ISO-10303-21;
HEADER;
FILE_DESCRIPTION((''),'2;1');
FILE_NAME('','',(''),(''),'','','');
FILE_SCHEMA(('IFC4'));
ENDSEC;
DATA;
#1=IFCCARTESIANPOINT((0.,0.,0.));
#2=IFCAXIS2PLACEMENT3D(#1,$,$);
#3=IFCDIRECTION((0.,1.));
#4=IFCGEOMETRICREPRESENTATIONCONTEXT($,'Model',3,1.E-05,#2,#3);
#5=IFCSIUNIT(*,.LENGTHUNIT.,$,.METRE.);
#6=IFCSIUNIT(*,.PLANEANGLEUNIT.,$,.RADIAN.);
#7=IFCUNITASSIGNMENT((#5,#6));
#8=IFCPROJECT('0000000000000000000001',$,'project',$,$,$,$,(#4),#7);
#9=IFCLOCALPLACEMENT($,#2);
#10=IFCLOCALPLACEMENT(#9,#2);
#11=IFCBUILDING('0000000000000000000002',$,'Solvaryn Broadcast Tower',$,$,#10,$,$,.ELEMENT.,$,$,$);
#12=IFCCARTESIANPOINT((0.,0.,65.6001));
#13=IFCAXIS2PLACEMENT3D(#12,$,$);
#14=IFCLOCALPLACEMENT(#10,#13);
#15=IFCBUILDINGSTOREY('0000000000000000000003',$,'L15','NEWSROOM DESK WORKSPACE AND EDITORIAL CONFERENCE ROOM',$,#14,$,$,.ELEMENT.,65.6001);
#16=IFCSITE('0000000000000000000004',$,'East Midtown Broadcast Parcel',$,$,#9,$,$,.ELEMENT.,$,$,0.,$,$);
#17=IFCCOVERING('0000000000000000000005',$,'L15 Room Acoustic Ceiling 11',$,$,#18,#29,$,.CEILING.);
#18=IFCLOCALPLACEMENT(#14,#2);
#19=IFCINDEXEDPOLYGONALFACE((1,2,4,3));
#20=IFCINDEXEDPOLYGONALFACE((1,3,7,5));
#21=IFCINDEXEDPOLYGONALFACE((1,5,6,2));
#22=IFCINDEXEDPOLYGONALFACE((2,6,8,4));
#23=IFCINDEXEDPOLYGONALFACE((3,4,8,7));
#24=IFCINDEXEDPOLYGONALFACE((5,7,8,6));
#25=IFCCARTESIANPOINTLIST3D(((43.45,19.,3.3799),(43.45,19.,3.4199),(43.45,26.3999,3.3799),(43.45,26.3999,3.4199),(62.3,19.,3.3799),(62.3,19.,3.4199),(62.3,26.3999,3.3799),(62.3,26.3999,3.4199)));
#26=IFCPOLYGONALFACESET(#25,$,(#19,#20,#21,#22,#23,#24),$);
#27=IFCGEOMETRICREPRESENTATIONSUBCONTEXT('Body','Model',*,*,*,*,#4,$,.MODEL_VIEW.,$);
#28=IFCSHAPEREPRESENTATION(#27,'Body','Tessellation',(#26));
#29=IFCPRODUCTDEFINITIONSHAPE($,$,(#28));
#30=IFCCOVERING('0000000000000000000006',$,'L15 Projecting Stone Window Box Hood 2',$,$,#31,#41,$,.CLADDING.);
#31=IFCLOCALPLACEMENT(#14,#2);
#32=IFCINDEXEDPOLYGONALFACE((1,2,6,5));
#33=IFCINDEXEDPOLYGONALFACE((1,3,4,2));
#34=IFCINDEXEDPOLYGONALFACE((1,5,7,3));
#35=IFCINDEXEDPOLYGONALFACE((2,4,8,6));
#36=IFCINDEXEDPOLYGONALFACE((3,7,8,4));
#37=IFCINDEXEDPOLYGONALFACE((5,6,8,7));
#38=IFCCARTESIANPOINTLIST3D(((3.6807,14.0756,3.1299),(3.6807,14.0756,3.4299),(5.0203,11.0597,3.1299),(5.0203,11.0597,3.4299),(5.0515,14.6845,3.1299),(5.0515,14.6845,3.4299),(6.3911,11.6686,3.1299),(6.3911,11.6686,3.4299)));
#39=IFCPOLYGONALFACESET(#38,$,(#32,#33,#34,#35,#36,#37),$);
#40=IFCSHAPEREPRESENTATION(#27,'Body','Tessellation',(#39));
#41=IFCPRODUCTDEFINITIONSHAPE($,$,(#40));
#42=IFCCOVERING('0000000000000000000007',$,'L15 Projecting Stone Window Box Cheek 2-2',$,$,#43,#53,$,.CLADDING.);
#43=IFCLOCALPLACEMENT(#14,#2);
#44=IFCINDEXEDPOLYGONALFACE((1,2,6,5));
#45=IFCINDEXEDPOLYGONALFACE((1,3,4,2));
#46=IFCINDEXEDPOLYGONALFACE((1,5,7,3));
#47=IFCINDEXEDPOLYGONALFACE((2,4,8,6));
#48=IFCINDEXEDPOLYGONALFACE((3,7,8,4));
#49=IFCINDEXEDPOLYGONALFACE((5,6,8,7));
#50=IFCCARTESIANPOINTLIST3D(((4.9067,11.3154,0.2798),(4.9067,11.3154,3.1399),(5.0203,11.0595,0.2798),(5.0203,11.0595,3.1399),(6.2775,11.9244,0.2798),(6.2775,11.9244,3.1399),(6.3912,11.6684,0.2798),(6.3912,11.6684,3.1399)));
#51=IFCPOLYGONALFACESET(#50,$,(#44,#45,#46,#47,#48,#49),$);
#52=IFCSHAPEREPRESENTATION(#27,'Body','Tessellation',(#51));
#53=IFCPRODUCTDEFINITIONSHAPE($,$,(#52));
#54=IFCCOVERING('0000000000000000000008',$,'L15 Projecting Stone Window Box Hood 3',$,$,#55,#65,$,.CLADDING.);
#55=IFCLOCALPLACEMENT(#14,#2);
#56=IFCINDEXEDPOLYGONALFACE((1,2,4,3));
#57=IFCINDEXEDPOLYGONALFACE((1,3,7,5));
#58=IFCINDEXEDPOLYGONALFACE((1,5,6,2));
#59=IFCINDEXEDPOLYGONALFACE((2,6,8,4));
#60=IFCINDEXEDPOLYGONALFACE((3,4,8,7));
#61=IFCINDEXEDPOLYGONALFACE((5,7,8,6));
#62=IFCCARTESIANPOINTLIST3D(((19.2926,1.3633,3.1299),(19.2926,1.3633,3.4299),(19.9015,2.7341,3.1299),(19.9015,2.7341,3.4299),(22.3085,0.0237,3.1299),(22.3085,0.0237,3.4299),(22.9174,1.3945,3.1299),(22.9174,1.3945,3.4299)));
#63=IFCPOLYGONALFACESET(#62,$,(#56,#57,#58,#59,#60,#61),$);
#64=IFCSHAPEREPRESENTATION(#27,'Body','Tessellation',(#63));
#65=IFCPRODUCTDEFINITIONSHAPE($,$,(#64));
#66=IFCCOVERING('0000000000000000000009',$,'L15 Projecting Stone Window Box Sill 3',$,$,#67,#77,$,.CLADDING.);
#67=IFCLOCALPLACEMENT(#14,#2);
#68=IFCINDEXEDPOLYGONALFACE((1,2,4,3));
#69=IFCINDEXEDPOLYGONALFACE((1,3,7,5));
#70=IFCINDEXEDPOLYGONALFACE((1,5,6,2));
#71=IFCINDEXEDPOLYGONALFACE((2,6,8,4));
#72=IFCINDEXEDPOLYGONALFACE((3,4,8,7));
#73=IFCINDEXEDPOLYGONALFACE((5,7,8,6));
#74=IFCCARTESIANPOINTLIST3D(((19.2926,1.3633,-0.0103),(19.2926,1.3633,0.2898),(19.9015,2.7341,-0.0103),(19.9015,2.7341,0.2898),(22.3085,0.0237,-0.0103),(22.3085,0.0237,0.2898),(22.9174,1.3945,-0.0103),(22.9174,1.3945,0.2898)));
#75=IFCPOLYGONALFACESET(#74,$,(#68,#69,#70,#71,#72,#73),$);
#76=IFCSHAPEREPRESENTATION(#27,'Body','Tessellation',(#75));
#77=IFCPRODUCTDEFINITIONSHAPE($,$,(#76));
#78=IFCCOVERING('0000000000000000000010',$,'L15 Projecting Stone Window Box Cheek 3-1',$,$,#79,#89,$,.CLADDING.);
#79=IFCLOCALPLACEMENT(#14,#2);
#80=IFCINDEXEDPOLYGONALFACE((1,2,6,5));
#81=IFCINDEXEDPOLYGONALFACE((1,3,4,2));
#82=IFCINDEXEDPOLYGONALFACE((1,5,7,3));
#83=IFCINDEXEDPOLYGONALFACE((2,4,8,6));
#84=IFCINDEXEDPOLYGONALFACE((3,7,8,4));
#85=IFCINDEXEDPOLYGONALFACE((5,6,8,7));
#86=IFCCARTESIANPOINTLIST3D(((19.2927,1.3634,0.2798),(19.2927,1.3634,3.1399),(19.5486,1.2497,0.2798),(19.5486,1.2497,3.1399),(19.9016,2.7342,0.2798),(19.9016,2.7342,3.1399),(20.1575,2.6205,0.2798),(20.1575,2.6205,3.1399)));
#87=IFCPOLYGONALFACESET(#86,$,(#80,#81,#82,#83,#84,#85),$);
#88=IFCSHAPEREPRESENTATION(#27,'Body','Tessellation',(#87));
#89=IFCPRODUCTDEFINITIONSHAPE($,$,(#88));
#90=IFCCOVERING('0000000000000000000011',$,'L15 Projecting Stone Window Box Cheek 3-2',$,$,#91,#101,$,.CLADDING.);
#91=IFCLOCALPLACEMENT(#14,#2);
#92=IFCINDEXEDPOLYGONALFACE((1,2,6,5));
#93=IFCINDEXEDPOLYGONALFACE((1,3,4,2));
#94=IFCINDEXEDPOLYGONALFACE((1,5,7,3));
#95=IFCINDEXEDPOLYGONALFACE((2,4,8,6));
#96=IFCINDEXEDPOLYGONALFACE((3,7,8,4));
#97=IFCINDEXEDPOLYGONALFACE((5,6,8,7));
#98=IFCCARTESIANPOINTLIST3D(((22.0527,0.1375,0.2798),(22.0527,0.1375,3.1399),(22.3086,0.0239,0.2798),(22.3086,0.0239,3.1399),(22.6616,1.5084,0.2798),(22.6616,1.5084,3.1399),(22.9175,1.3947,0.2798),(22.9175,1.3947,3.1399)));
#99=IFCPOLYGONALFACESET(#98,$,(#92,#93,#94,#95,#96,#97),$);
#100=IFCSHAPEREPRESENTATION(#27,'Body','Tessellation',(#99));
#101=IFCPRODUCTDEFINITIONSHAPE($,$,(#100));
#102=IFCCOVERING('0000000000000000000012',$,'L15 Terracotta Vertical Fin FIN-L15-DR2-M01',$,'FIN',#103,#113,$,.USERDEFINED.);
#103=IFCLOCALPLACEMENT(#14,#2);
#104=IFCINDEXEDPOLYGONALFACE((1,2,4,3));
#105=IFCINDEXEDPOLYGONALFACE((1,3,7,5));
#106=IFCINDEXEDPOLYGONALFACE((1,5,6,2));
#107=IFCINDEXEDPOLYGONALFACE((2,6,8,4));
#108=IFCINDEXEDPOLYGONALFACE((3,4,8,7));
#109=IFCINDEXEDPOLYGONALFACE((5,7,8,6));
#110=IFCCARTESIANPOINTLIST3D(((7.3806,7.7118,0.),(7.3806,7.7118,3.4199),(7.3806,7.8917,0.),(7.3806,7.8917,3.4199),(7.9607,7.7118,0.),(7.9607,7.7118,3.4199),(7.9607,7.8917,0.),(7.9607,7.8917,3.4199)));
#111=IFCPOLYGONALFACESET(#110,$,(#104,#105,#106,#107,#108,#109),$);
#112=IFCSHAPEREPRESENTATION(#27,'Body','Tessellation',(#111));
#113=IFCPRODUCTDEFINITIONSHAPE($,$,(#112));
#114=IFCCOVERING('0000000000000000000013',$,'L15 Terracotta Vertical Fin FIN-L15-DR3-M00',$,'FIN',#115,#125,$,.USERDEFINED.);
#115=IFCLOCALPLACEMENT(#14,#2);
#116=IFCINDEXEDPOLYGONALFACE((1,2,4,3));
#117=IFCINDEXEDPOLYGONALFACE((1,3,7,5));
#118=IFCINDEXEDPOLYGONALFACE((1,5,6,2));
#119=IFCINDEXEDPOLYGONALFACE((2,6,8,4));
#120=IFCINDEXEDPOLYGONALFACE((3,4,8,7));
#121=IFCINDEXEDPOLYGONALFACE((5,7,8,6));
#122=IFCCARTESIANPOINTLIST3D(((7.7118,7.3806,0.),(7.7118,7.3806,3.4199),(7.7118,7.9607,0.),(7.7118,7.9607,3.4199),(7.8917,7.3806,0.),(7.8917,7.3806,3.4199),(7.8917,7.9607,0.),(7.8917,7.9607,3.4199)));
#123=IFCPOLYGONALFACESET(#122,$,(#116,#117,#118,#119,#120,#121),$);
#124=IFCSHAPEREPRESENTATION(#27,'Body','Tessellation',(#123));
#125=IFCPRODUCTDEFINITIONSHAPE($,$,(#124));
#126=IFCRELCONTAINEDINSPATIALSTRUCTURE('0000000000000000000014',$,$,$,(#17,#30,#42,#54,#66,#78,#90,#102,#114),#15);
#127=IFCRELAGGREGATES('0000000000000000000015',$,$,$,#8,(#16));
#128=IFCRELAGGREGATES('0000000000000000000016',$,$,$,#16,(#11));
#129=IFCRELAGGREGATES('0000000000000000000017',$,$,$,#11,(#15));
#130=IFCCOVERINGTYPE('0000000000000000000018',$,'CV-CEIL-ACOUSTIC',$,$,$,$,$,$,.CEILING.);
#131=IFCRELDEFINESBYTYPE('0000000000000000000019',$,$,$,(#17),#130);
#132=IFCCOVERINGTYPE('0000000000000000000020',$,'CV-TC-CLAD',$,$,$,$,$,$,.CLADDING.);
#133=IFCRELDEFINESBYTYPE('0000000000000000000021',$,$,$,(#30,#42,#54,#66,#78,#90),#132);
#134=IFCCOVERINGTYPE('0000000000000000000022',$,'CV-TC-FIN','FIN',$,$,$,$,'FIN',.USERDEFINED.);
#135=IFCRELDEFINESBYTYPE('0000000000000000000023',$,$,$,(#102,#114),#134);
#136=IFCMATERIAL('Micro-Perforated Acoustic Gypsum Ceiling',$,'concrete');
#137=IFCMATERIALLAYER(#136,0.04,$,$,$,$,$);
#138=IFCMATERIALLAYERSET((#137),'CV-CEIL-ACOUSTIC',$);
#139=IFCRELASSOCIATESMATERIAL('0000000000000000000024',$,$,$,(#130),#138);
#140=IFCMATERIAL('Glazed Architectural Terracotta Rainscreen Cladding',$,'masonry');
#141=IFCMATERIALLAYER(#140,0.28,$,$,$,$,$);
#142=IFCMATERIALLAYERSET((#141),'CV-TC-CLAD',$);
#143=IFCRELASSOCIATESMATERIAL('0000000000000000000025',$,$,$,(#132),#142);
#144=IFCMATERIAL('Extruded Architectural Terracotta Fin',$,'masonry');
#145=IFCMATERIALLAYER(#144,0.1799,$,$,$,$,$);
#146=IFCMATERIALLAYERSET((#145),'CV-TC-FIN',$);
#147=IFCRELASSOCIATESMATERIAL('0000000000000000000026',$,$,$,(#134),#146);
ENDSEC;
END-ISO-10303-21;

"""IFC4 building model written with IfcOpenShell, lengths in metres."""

from ifc_helpers import new_model, si_unit, direction, frame, origin, origin_2d, place, context, subcontext, project, spatial, polyline, rectangle, outline, extrude, material, layer, layer_set, type_object, element, save


model = new_model("IFC4")

# Units and contexts
model_context = context("Model", 3, precision=1e-05, world=origin(), true_north=direction((0.0, 1.0)))
body_context = subcontext(model_context, "Body", "Model", "MODEL_VIEW")
ifc_project = project(units=[si_unit("LENGTHUNIT", "METRE"), si_unit("PLANEANGLEUNIT", "RADIAN")], contexts=[model_context])

# Site, building, storey
site_placement = place(None, origin())
site = spatial("IfcSite", under=ifc_project, at=site_placement, Name="East Midtown Broadcast Parcel", CompositionType="ELEMENT", RefElevation=0.0)
building_placement = place(site_placement, origin())
building = spatial("IfcBuilding", under=site, at=building_placement, Name="Solvaryn Broadcast Tower", CompositionType="ELEMENT")
storey_placement = place(building_placement, frame((0.0, 0.0, 65.6001)))
storey = spatial("IfcBuildingStorey", under=building, at=storey_placement, Name="L15", Description="NEWSROOM DESK WORKSPACE AND EDITORIAL CONFERENCE ROOM", CompositionType="ELEMENT", Elevation=65.6001)

# Coverings
ifc_material_1 = material(Name="Micro-Perforated Acoustic Gypsum Ceiling", Category="concrete")
ifc_layer_1 = layer(ifc_material_1, 0.04)
ifc_layer_set_1 = layer_set([ifc_layer_1], Name="CV-CEIL-ACOUSTIC")
covering_type_1 = type_object("IfcCoveringType", Name="CV-CEIL-ACOUSTIC", PredefinedType="CEILING", material=ifc_layer_set_1)
covering_1_placement = place(storey_placement, frame((0.0, 0.0, 3.3799)))
element("IfcCovering", 1, at=covering_1_placement, inside=storey, type_object=covering_type_1, Name="L15 Room Acoustic Ceiling 11", PredefinedType="CEILING", context=body_context, shape_type="SweptSolid", body=[
    extrude(outline(polyline([(43.45, 19.0), (62.3, 19.0), (62.3, 26.3999), (43.45, 26.3999), (43.45, 19.0)])), origin(), (0.0, 0.0, 1.0), 0.04),
])
ifc_material_2 = material(Name="Glazed Architectural Terracotta Rainscreen Cladding", Category="masonry")
ifc_layer_2 = layer(ifc_material_2, 0.28)
ifc_layer_set_2 = layer_set([ifc_layer_2], Name="CV-TC-CLAD")
covering_type_2 = type_object("IfcCoveringType", Name="CV-TC-CLAD", PredefinedType="CLADDING", material=ifc_layer_set_2)
covering_2_placement = place(storey_placement, frame((5.0359, 12.8721, 3.1299), z_axis=(0.0, 0.0, 1.0), x_axis=(0.405939, -0.9139, 0.0)))
element("IfcCovering", 2, at=covering_2_placement, inside=storey, type_object=covering_type_2, Name="L15 Projecting Stone Window Box Hood 2", PredefinedType="CLADDING", context=body_context, shape_type="SweptSolid", body=[
    extrude(rectangle(XDim=3.3, YDim=1.5, at=origin_2d()), origin(), (0.0, 0.0, 1.0), 0.3),
])
covering_3_placement = place(storey_placement, frame((5.6489, 11.4919, 0.2798), z_axis=(0.0, 0.0, 1.0), x_axis=(0.405939, -0.9139, 0.0)))
element("IfcCovering", 3, at=covering_3_placement, inside=storey, type_object=covering_type_2, Name="L15 Projecting Stone Window Box Cheek 2-2", PredefinedType="CLADDING", context=body_context, shape_type="SweptSolid", body=[
    extrude(rectangle(XDim=0.28, YDim=1.5, at=origin_2d()), origin(), (0.0, 0.0, 1.0), 2.8601),
])
for number, where, z_axis, x_axis, name in (
    (4, (21.105, 1.3789, 3.1299), (0.0, 0.0, 1.0), (0.9139, -0.405939, 0.0), "L15 Projecting Stone Window Box Hood 3"),
    (5, (21.105, 1.3789, -0.0103), (0.0, 0.0, 1.0), (0.9139, -0.405939, 0.0), "L15 Projecting Stone Window Box Sill 3"),
):
    element("IfcCovering", number, at=place(storey_placement, frame(where, z_axis=z_axis, x_axis=x_axis)), inside=storey, type_object=covering_type_2, Name=name, PredefinedType="CLADDING", context=body_context, shape_type="SweptSolid", body=[
        extrude(rectangle(XDim=3.3, YDim=1.5, at=origin_2d()), origin(), (0.0, 0.0, 1.0), 0.3),
    ])
for number, where, z_axis, x_axis, name in (
    (6, (19.7251, 1.9919, 0.2798), (0.0, 0.0, 1.0), (0.9139, -0.405939, 0.0), "L15 Projecting Stone Window Box Cheek 3-1"),
    (7, (22.4851, 0.7661, 0.2798), (0.0, 0.0, 1.0), (0.9139, -0.405939, 0.0), "L15 Projecting Stone Window Box Cheek 3-2"),
):
    element("IfcCovering", number, at=place(storey_placement, frame(where, z_axis=z_axis, x_axis=x_axis)), inside=storey, type_object=covering_type_2, Name=name, PredefinedType="CLADDING", context=body_context, shape_type="SweptSolid", body=[
        extrude(rectangle(XDim=0.28, YDim=1.5, at=origin_2d()), origin(), (0.0, 0.0, 1.0), 2.8601),
    ])
ifc_material_3 = material(Name="Extruded Architectural Terracotta Fin", Category="masonry")
ifc_layer_3 = layer(ifc_material_3, 0.1799)
ifc_layer_set_3 = layer_set([ifc_layer_3], Name="CV-TC-FIN")
covering_type_3 = type_object("IfcCoveringType", Name="CV-TC-FIN", Description="FIN", ElementType="FIN", PredefinedType="USERDEFINED", material=ifc_layer_set_3)
covering_4_placement = place(storey_placement, frame((7.6707, 7.8018, 0.0), z_axis=(0.0, 0.0, 1.0), x_axis=(1.0, 0.0, 0.0)))
element("IfcCovering", 8, at=covering_4_placement, inside=storey, type_object=covering_type_3, Name="L15 Terracotta Vertical Fin FIN-L15-DR2-M01", ObjectType="FIN", PredefinedType="USERDEFINED", context=body_context, shape_type="SweptSolid", body=[
    extrude(rectangle(XDim=0.5801, YDim=0.1799, at=origin_2d()), origin(), (0.0, 0.0, 1.0), 3.4199),
])
covering_5_placement = place(storey_placement, frame((7.8018, 7.6707, 0.0), z_axis=(0.0, 0.0, 1.0), x_axis=(1.0, 0.0, 0.0)))
element("IfcCovering", 9, at=covering_5_placement, inside=storey, type_object=covering_type_3, Name="L15 Terracotta Vertical Fin FIN-L15-DR3-M00", ObjectType="FIN", PredefinedType="USERDEFINED", context=body_context, shape_type="SweptSolid", body=[
    extrude(rectangle(XDim=0.1799, YDim=0.5801, at=origin_2d()), origin(), (0.0, 0.0, 1.0), 3.4199),
])

save(model, "model.ifc")
